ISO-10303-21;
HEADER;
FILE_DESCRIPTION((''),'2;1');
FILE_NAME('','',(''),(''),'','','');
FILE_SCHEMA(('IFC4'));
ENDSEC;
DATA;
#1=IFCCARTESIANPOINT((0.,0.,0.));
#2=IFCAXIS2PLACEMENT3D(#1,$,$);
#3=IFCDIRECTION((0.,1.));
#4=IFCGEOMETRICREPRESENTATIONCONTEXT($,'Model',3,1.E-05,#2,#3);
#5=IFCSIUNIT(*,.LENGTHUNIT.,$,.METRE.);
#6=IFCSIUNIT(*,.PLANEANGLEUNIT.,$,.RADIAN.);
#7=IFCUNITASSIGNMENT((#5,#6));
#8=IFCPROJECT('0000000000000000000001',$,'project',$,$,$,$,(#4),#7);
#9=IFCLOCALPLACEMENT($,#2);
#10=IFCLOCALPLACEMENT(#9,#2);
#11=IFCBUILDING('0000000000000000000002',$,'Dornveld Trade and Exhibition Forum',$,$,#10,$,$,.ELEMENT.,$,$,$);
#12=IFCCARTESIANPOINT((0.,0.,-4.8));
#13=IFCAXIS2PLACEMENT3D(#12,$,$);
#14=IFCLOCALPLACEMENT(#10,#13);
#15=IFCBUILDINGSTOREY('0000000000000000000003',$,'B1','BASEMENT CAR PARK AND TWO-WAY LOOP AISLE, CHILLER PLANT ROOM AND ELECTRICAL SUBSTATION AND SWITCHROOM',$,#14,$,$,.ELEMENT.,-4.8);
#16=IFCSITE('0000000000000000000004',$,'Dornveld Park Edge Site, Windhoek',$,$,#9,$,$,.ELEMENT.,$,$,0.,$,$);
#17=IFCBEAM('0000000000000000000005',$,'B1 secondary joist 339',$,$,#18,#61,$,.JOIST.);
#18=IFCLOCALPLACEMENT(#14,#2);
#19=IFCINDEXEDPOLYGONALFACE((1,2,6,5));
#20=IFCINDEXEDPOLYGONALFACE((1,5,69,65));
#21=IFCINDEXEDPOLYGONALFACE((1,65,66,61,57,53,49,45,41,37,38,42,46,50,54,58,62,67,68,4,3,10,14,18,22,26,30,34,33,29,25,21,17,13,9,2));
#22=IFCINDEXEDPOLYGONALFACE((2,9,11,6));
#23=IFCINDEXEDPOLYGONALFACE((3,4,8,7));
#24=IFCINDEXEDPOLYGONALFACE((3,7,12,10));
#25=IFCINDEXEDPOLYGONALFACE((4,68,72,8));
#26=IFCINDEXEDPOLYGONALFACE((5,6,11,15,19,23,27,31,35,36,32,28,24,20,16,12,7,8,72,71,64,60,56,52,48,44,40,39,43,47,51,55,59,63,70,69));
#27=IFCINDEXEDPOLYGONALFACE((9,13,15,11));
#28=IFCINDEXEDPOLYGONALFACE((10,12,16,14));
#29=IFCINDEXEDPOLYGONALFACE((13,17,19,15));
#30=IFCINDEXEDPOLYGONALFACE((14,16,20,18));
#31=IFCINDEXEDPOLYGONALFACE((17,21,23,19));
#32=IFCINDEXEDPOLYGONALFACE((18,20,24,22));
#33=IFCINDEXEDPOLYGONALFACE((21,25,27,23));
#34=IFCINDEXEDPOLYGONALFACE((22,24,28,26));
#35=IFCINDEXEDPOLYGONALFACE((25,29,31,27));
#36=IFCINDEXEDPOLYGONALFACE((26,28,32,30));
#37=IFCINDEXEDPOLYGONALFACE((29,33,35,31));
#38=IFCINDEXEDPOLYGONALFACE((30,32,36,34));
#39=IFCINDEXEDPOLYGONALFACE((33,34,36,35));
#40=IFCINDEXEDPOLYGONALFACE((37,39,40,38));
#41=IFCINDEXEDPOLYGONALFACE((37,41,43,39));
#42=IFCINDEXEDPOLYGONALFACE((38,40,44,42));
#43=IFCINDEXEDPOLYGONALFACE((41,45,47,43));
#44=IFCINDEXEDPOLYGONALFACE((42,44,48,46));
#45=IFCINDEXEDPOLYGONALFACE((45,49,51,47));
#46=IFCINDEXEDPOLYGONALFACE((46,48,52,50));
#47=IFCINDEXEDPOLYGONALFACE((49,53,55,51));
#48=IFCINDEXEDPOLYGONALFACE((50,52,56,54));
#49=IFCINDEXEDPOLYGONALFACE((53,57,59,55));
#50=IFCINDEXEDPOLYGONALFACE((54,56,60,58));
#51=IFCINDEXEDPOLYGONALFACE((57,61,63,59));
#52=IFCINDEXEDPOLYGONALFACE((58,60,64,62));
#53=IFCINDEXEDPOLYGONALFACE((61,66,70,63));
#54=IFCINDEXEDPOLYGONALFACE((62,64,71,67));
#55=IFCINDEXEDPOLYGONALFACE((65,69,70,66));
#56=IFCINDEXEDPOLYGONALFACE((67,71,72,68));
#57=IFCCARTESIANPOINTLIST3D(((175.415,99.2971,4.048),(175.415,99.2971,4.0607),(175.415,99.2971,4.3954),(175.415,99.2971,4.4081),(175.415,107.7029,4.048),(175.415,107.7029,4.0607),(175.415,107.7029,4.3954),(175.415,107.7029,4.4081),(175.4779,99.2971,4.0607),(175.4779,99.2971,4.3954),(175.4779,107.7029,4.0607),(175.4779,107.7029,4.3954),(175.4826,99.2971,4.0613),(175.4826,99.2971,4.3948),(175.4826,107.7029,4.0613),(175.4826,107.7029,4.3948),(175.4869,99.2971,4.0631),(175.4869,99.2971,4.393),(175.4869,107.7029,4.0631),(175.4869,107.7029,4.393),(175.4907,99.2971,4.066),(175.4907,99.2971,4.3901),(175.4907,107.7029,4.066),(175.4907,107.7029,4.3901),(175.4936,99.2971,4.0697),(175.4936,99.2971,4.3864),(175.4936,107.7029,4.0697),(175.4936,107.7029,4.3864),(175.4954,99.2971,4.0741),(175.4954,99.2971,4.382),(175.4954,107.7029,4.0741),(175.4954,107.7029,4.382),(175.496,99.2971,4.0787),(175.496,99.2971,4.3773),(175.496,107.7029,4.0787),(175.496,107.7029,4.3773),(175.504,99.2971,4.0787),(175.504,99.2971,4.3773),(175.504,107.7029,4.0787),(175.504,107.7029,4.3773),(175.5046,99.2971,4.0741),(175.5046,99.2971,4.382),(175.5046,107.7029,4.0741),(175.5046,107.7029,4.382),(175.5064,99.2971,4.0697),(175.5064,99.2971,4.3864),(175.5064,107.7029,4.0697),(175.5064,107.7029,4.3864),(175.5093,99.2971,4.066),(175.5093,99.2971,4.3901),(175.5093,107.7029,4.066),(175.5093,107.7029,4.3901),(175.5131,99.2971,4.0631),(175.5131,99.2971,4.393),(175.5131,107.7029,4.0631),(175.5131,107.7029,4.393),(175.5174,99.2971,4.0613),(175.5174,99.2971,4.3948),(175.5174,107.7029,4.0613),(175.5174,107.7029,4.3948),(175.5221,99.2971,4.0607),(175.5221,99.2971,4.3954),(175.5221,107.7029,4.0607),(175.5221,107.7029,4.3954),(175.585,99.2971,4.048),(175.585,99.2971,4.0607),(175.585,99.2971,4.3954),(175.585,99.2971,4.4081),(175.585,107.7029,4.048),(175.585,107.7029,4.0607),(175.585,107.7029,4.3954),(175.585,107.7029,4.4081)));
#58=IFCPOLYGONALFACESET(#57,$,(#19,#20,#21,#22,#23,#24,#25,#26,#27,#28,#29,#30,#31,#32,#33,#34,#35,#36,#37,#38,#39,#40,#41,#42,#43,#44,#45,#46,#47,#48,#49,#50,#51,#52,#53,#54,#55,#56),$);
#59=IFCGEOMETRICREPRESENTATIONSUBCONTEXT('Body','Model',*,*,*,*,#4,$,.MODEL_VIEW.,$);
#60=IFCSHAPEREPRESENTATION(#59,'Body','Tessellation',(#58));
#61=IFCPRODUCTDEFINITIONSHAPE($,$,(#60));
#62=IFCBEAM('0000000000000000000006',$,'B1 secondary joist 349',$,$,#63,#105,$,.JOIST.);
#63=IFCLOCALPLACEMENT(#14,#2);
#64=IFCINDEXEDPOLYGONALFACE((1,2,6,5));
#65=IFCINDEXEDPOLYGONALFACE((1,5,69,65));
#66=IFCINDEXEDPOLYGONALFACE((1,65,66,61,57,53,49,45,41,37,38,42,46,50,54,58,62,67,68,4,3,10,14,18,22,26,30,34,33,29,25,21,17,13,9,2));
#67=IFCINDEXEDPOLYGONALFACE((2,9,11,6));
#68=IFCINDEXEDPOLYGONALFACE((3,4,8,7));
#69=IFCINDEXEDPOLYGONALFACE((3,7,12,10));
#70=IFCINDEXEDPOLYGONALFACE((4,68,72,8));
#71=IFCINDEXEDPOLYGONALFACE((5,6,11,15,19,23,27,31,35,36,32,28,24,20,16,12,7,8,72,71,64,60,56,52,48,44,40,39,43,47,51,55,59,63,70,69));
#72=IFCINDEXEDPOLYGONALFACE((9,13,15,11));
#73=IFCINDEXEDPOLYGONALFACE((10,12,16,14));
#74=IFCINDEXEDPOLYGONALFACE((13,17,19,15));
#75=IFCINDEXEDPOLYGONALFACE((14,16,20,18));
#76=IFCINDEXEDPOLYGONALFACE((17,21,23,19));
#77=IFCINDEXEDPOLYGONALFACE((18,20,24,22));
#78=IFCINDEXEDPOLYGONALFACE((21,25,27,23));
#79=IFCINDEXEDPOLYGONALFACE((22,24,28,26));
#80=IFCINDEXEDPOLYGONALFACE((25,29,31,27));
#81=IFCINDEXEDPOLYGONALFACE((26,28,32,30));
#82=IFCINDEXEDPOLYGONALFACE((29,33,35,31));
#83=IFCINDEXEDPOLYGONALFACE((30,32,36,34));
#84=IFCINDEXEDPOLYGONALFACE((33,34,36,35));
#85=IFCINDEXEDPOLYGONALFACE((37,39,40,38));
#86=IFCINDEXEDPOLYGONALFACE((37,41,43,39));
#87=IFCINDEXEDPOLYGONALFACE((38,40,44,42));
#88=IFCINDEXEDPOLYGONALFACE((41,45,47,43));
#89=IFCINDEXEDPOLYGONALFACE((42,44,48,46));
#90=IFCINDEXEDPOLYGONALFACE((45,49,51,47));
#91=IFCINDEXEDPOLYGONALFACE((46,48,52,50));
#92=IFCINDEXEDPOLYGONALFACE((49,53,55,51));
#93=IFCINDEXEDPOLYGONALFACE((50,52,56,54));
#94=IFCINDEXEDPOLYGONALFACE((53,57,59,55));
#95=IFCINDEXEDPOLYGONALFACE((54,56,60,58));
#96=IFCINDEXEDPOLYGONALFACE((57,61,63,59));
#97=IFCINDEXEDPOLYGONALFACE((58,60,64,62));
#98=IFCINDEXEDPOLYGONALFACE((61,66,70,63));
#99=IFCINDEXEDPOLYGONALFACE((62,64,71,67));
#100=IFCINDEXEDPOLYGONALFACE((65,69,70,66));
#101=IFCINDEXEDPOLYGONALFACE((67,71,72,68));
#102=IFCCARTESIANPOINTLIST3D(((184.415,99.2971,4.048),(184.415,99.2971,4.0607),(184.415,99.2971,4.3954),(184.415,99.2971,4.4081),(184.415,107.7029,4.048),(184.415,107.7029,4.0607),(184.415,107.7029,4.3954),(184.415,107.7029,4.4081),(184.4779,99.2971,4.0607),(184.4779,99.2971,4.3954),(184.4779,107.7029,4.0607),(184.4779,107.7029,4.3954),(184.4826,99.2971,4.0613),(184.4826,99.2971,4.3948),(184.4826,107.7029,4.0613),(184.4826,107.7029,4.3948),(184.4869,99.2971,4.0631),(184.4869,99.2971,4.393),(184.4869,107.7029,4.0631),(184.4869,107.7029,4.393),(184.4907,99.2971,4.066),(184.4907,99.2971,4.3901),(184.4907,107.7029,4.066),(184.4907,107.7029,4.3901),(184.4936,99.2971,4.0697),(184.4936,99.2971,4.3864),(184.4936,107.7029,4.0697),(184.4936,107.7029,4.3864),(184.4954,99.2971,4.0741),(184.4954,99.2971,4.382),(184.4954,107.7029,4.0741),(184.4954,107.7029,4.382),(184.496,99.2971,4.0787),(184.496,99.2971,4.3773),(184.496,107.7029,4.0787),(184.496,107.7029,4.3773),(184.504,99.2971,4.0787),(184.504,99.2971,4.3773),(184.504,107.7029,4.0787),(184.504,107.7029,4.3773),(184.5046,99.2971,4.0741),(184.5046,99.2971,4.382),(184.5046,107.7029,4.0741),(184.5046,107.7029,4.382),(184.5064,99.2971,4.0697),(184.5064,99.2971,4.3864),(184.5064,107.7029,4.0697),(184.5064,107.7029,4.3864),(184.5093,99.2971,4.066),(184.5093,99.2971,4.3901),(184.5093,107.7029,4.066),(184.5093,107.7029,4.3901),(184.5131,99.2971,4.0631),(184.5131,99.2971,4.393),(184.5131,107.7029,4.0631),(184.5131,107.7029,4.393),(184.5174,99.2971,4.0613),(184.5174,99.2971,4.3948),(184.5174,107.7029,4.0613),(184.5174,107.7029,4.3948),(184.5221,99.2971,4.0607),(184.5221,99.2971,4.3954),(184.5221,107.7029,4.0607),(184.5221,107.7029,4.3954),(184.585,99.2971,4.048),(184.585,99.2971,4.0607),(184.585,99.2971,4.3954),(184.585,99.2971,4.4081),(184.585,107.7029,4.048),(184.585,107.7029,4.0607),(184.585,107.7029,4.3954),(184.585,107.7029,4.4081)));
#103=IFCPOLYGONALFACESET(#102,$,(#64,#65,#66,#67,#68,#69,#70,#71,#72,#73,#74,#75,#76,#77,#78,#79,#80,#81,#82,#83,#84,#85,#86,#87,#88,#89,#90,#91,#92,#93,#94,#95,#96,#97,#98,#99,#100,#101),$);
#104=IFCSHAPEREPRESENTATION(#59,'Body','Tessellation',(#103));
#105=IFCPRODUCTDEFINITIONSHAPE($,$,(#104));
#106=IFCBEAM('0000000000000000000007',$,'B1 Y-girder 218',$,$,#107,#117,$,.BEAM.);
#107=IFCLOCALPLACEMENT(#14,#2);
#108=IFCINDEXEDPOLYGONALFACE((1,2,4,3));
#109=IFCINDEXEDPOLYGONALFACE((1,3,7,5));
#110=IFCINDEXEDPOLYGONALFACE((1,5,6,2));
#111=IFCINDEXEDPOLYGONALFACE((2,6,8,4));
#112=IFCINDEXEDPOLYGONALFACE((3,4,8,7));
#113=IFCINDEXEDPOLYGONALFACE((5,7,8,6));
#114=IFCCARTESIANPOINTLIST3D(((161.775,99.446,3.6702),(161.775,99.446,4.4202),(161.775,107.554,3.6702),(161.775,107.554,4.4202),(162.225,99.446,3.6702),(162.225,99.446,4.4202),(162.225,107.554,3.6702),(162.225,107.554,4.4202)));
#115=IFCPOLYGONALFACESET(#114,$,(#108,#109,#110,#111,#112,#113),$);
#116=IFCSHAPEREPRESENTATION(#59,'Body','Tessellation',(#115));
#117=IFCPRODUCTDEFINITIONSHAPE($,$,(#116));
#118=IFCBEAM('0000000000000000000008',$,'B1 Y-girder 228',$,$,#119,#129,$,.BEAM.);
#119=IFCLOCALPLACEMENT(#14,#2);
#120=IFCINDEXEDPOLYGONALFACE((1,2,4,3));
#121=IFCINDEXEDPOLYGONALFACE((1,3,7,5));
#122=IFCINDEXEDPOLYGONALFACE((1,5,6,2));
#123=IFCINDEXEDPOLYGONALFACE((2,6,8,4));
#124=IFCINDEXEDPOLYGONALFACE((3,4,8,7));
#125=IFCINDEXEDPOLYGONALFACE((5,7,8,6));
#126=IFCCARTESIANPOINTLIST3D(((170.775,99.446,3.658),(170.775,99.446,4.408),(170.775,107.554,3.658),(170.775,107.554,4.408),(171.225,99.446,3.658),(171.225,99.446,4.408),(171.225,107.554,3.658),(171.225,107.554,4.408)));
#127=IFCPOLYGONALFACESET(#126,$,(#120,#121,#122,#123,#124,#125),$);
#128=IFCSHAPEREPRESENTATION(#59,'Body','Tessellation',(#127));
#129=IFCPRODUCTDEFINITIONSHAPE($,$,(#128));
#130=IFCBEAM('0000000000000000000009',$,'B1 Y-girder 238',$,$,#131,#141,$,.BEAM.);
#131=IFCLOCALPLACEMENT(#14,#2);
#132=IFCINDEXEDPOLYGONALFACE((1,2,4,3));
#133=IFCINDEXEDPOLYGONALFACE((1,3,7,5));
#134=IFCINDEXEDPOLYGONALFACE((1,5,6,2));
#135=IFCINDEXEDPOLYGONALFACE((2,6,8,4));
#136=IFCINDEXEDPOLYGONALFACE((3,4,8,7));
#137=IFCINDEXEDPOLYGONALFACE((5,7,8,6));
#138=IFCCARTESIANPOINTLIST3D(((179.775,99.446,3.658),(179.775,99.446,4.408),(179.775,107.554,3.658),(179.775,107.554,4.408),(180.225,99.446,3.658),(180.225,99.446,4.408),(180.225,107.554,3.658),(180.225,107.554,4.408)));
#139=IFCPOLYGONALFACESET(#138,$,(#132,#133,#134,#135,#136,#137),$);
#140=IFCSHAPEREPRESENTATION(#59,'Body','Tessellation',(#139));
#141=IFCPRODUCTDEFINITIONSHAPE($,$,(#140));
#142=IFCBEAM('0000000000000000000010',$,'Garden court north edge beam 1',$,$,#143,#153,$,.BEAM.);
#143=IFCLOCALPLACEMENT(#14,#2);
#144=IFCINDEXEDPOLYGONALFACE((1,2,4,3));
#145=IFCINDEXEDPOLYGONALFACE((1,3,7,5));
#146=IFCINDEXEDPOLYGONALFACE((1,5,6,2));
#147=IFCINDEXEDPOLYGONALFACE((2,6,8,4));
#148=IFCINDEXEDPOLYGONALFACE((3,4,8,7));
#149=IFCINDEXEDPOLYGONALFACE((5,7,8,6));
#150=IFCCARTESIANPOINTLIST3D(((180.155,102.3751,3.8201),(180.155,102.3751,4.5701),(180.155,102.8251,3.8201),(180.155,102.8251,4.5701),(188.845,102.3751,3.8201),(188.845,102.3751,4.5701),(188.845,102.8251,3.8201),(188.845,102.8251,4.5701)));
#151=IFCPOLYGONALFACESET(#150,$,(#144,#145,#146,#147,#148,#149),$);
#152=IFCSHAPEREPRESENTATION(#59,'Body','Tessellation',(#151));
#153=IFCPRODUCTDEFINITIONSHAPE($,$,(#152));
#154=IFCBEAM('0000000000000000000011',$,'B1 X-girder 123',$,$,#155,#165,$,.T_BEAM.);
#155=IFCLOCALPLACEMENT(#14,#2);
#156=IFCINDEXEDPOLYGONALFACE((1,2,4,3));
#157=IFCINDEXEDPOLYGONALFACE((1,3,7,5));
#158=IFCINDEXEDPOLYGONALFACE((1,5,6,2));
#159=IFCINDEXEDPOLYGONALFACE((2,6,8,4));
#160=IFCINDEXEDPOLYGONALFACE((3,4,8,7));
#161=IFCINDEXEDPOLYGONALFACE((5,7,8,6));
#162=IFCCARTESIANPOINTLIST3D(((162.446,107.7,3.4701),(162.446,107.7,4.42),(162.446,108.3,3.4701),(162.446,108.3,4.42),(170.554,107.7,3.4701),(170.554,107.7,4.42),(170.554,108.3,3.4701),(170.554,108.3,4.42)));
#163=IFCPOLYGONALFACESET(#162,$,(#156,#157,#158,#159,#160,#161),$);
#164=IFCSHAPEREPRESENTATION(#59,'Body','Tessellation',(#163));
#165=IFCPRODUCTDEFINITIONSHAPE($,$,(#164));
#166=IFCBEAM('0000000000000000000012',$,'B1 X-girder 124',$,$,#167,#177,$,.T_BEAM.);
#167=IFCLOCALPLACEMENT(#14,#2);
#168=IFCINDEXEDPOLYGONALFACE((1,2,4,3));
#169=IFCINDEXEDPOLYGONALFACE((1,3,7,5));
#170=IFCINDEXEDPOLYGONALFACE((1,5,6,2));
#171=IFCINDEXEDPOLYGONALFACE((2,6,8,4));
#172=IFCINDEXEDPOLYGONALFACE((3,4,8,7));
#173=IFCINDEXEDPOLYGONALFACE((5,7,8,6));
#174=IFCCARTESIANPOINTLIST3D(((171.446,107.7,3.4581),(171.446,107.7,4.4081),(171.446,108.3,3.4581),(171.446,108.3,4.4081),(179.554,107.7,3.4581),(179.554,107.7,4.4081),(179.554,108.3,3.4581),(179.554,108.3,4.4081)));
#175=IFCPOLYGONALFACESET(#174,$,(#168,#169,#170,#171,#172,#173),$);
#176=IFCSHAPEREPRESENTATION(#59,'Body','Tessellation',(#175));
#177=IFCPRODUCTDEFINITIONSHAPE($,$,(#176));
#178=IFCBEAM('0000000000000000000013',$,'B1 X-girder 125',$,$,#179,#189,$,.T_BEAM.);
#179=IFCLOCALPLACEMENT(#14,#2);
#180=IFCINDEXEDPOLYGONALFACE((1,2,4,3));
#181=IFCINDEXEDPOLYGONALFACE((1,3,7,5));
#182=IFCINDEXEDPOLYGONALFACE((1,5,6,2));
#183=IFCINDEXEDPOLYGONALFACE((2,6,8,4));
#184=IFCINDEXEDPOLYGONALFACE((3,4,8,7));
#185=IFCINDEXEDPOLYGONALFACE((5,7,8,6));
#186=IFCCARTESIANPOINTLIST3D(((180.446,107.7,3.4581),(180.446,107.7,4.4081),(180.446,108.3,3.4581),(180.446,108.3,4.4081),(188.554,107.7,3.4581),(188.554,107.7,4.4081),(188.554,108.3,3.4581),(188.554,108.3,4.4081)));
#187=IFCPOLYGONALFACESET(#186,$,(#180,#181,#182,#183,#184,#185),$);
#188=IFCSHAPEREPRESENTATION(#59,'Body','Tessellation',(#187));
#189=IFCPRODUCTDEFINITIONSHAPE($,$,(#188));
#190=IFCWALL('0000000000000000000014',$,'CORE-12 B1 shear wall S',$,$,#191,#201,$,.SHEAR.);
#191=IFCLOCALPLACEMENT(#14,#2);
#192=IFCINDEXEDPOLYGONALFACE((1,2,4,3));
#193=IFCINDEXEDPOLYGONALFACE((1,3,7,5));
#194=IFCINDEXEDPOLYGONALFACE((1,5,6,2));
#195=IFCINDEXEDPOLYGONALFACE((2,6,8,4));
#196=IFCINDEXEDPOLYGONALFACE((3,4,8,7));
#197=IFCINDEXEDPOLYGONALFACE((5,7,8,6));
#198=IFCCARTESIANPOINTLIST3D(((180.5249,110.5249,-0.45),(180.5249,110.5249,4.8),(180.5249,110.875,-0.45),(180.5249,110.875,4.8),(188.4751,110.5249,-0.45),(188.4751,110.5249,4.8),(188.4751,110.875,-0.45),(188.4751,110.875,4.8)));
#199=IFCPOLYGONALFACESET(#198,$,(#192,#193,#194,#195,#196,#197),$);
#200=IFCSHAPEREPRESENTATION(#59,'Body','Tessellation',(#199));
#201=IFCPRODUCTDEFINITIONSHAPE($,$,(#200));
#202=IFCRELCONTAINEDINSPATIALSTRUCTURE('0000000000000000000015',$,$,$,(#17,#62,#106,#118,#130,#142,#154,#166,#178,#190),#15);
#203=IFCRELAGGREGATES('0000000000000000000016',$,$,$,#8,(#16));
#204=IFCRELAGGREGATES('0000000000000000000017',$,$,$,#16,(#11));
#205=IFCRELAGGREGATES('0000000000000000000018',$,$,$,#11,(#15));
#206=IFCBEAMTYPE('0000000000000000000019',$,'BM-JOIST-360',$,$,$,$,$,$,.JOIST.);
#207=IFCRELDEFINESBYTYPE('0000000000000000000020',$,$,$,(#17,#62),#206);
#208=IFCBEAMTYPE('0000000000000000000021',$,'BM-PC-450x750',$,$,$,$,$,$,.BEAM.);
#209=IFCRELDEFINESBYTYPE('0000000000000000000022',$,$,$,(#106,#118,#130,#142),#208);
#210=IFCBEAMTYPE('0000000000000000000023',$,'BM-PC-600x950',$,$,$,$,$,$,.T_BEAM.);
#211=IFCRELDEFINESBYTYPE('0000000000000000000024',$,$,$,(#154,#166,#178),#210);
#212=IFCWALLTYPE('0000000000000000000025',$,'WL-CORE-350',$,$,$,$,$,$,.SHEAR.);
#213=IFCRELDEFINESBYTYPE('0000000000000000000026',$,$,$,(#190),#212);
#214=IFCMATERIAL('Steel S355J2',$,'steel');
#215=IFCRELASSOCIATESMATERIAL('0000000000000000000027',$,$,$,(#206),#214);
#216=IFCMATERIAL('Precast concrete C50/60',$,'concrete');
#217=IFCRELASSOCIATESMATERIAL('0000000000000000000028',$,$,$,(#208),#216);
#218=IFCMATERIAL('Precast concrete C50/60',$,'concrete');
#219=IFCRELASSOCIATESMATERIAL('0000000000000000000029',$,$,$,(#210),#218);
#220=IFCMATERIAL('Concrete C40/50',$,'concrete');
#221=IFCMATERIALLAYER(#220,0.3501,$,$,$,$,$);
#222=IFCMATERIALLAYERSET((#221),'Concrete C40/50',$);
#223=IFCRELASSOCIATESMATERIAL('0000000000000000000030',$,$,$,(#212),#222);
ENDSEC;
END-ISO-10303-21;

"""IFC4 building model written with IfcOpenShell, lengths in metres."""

from ifc_helpers import new_model, si_unit, direction, frame, frame_2d, origin, origin_2d, place, context, subcontext, project, spatial, rectangle, i_section, extrude, material, layer, layer_set, material_profile, profile_set, type_object, element, save


model = new_model("IFC4")

# Units and contexts
model_context = context("Model", 3, precision=1e-05, world=origin(), true_north=direction((0.0, 1.0)))
body_context = subcontext(model_context, "Body", "Model", "MODEL_VIEW")
ifc_project = project(units=[si_unit("LENGTHUNIT", "METRE"), si_unit("PLANEANGLEUNIT", "RADIAN")], contexts=[model_context])

# Site, building, storey
site_placement = place(None, origin())
site = spatial("IfcSite", under=ifc_project, at=site_placement, Name="Dornveld Park Edge Site, Windhoek", CompositionType="ELEMENT", RefElevation=0.0)
building_placement = place(site_placement, origin())
building = spatial("IfcBuilding", under=site, at=building_placement, Name="Dornveld Trade and Exhibition Forum", CompositionType="ELEMENT")
storey_placement = place(building_placement, frame((0.0, 0.0, -4.8)))
storey = spatial("IfcBuildingStorey", under=building, at=storey_placement, Name="B1", Description="BASEMENT CAR PARK AND TWO-WAY LOOP AISLE, CHILLER PLANT ROOM AND ELECTRICAL SUBSTATION AND SWITCHROOM", CompositionType="ELEMENT", Elevation=-4.8)

# Beams
ifc_material_1 = material(Name="Steel S355J2", Category="steel")
ifc_material_profile_1 = material_profile(ifc_material_1, i_section(OverallWidth=0.1699, OverallDepth=0.3601, WebThickness=0.0081, FlangeThickness=0.0127, FilletRadius=0.0181, at=origin_2d()), Name="IPE 360")
ifc_profile_set_1 = profile_set([ifc_material_profile_1], Name="Steel S355J2")
beam_type_1 = type_object("IfcBeamType", Name="BM-JOIST-360", PredefinedType="JOIST", material=ifc_profile_set_1)
for number, where, z_axis, x_axis, name in (
    (1, (175.5, 99.2971, 4.228), (0.0, 1.0, 0.0), (-1.0, 0.0, 0.0), "B1 secondary joist 339"),
    (2, (184.5, 99.2971, 4.228), (0.0, 1.0, 0.0), (-1.0, 0.0, 0.0), "B1 secondary joist 349"),
):
    element("IfcBeam", number, at=place(storey_placement, frame(where, z_axis=z_axis, x_axis=x_axis)), inside=storey, type_object=beam_type_1, Name=name, PredefinedType="JOIST", context=body_context, shape_type="SweptSolid", body=[
        extrude(i_section(OverallWidth=0.1699, OverallDepth=0.3601, WebThickness=0.0081, FlangeThickness=0.0127, FilletRadius=0.0181, at=origin_2d()), origin(), (0.0, 0.0, 1.0), 8.4058),
    ])
ifc_material_2 = material(Name="Precast concrete C50/60", Category="concrete")
ifc_material_profile_2 = material_profile(ifc_material_2, rectangle(XDim=0.45, YDim=0.75, at=origin_2d()), Name="PC-BM 450x750")
ifc_profile_set_2 = profile_set([ifc_material_profile_2], Name="Precast concrete C50/60")
beam_type_2 = type_object("IfcBeamType", Name="BM-PC-450x750", PredefinedType="BEAM", material=ifc_profile_set_2)
for number, where, z_axis, x_axis, name in (
    (3, (162.0, 99.446, 4.0452), (0.0, 1.0, 0.0), (-1.0, 0.0, 0.0), "B1 Y-girder 218"),
    (4, (171.0, 99.446, 4.033), (0.0, 1.0, 0.0), (-1.0, 0.0, 0.0), "B1 Y-girder 228"),
    (5, (180.0, 99.446, 4.033), (0.0, 1.0, 0.0), (-1.0, 0.0, 0.0), "B1 Y-girder 238"),
):
    element("IfcBeam", number, at=place(storey_placement, frame(where, z_axis=z_axis, x_axis=x_axis)), inside=storey, type_object=beam_type_2, Name=name, PredefinedType="BEAM", context=body_context, shape_type="SweptSolid", body=[
        extrude(rectangle(XDim=0.45, YDim=0.75, at=origin_2d()), origin(), (0.0, 0.0, 1.0), 8.1079),
    ])
beam_placement = place(storey_placement, frame((180.155, 102.6001, 4.1951), z_axis=(1.0, 0.0, 0.0), x_axis=(0.0, 1.0, 0.0)))
element("IfcBeam", 6, at=beam_placement, inside=storey, type_object=beam_type_2, Name="Garden court north edge beam 1", PredefinedType="BEAM", context=body_context, shape_type="SweptSolid", body=[
    extrude(rectangle(XDim=0.45, YDim=0.75, at=origin_2d()), origin(), (0.0, 0.0, 1.0), 8.6899),
])
ifc_material_3 = material(Name="Precast concrete C50/60", Category="concrete")
ifc_material_profile_3 = material_profile(ifc_material_3, rectangle(XDim=0.6001, YDim=0.95, at=origin_2d()), Name="PC-GIR 600x950")
ifc_profile_set_3 = profile_set([ifc_material_profile_3], Name="Precast concrete C50/60")
beam_type_3 = type_object("IfcBeamType", Name="BM-PC-600x950", PredefinedType="T_BEAM", material=ifc_profile_set_3)
for number, where, z_axis, x_axis, name in (
    (7, (162.446, 108.0, 3.9451), (1.0, 0.0, 0.0), (0.0, 1.0, 0.0), "B1 X-girder 123"),
    (8, (171.446, 108.0, 3.9331), (1.0, 0.0, 0.0), (0.0, 1.0, 0.0), "B1 X-girder 124"),
    (9, (180.446, 108.0, 3.9331), (1.0, 0.0, 0.0), (0.0, 1.0, 0.0), "B1 X-girder 125"),
):
    element("IfcBeam", number, at=place(storey_placement, frame(where, z_axis=z_axis, x_axis=x_axis)), inside=storey, type_object=beam_type_3, Name=name, PredefinedType="T_BEAM", context=body_context, shape_type="SweptSolid", body=[
        extrude(rectangle(XDim=0.6001, YDim=0.95, at=origin_2d()), origin(), (0.0, 0.0, 1.0), 8.1079),
    ])

# Wall
ifc_material_4 = material(Name="Concrete C40/50", Category="concrete")
ifc_layer_1 = layer(ifc_material_4, 0.3501)
ifc_layer_set_1 = layer_set([ifc_layer_1], Name="Concrete C40/50")
wall_type_1 = type_object("IfcWallType", Name="WL-CORE-350", PredefinedType="SHEAR", material=ifc_layer_set_1)
wall_1_placement = place(storey_placement, frame((180.5249, 110.7, -0.45), z_axis=(0.0, 0.0, 1.0), x_axis=(1.0, 0.0, 0.0)))
element("IfcWall", 10, at=wall_1_placement, inside=storey, type_object=wall_type_1, Name="CORE-12 B1 shear wall S", PredefinedType="SHEAR", context=body_context, shape_type="SweptSolid", body=[
    extrude(rectangle(XDim=7.9502, YDim=0.3501, at=frame_2d((3.9751, 0.0))), origin(), (0.0, 0.0, 1.0), 5.25),
])

save(model, "model.ifc")
